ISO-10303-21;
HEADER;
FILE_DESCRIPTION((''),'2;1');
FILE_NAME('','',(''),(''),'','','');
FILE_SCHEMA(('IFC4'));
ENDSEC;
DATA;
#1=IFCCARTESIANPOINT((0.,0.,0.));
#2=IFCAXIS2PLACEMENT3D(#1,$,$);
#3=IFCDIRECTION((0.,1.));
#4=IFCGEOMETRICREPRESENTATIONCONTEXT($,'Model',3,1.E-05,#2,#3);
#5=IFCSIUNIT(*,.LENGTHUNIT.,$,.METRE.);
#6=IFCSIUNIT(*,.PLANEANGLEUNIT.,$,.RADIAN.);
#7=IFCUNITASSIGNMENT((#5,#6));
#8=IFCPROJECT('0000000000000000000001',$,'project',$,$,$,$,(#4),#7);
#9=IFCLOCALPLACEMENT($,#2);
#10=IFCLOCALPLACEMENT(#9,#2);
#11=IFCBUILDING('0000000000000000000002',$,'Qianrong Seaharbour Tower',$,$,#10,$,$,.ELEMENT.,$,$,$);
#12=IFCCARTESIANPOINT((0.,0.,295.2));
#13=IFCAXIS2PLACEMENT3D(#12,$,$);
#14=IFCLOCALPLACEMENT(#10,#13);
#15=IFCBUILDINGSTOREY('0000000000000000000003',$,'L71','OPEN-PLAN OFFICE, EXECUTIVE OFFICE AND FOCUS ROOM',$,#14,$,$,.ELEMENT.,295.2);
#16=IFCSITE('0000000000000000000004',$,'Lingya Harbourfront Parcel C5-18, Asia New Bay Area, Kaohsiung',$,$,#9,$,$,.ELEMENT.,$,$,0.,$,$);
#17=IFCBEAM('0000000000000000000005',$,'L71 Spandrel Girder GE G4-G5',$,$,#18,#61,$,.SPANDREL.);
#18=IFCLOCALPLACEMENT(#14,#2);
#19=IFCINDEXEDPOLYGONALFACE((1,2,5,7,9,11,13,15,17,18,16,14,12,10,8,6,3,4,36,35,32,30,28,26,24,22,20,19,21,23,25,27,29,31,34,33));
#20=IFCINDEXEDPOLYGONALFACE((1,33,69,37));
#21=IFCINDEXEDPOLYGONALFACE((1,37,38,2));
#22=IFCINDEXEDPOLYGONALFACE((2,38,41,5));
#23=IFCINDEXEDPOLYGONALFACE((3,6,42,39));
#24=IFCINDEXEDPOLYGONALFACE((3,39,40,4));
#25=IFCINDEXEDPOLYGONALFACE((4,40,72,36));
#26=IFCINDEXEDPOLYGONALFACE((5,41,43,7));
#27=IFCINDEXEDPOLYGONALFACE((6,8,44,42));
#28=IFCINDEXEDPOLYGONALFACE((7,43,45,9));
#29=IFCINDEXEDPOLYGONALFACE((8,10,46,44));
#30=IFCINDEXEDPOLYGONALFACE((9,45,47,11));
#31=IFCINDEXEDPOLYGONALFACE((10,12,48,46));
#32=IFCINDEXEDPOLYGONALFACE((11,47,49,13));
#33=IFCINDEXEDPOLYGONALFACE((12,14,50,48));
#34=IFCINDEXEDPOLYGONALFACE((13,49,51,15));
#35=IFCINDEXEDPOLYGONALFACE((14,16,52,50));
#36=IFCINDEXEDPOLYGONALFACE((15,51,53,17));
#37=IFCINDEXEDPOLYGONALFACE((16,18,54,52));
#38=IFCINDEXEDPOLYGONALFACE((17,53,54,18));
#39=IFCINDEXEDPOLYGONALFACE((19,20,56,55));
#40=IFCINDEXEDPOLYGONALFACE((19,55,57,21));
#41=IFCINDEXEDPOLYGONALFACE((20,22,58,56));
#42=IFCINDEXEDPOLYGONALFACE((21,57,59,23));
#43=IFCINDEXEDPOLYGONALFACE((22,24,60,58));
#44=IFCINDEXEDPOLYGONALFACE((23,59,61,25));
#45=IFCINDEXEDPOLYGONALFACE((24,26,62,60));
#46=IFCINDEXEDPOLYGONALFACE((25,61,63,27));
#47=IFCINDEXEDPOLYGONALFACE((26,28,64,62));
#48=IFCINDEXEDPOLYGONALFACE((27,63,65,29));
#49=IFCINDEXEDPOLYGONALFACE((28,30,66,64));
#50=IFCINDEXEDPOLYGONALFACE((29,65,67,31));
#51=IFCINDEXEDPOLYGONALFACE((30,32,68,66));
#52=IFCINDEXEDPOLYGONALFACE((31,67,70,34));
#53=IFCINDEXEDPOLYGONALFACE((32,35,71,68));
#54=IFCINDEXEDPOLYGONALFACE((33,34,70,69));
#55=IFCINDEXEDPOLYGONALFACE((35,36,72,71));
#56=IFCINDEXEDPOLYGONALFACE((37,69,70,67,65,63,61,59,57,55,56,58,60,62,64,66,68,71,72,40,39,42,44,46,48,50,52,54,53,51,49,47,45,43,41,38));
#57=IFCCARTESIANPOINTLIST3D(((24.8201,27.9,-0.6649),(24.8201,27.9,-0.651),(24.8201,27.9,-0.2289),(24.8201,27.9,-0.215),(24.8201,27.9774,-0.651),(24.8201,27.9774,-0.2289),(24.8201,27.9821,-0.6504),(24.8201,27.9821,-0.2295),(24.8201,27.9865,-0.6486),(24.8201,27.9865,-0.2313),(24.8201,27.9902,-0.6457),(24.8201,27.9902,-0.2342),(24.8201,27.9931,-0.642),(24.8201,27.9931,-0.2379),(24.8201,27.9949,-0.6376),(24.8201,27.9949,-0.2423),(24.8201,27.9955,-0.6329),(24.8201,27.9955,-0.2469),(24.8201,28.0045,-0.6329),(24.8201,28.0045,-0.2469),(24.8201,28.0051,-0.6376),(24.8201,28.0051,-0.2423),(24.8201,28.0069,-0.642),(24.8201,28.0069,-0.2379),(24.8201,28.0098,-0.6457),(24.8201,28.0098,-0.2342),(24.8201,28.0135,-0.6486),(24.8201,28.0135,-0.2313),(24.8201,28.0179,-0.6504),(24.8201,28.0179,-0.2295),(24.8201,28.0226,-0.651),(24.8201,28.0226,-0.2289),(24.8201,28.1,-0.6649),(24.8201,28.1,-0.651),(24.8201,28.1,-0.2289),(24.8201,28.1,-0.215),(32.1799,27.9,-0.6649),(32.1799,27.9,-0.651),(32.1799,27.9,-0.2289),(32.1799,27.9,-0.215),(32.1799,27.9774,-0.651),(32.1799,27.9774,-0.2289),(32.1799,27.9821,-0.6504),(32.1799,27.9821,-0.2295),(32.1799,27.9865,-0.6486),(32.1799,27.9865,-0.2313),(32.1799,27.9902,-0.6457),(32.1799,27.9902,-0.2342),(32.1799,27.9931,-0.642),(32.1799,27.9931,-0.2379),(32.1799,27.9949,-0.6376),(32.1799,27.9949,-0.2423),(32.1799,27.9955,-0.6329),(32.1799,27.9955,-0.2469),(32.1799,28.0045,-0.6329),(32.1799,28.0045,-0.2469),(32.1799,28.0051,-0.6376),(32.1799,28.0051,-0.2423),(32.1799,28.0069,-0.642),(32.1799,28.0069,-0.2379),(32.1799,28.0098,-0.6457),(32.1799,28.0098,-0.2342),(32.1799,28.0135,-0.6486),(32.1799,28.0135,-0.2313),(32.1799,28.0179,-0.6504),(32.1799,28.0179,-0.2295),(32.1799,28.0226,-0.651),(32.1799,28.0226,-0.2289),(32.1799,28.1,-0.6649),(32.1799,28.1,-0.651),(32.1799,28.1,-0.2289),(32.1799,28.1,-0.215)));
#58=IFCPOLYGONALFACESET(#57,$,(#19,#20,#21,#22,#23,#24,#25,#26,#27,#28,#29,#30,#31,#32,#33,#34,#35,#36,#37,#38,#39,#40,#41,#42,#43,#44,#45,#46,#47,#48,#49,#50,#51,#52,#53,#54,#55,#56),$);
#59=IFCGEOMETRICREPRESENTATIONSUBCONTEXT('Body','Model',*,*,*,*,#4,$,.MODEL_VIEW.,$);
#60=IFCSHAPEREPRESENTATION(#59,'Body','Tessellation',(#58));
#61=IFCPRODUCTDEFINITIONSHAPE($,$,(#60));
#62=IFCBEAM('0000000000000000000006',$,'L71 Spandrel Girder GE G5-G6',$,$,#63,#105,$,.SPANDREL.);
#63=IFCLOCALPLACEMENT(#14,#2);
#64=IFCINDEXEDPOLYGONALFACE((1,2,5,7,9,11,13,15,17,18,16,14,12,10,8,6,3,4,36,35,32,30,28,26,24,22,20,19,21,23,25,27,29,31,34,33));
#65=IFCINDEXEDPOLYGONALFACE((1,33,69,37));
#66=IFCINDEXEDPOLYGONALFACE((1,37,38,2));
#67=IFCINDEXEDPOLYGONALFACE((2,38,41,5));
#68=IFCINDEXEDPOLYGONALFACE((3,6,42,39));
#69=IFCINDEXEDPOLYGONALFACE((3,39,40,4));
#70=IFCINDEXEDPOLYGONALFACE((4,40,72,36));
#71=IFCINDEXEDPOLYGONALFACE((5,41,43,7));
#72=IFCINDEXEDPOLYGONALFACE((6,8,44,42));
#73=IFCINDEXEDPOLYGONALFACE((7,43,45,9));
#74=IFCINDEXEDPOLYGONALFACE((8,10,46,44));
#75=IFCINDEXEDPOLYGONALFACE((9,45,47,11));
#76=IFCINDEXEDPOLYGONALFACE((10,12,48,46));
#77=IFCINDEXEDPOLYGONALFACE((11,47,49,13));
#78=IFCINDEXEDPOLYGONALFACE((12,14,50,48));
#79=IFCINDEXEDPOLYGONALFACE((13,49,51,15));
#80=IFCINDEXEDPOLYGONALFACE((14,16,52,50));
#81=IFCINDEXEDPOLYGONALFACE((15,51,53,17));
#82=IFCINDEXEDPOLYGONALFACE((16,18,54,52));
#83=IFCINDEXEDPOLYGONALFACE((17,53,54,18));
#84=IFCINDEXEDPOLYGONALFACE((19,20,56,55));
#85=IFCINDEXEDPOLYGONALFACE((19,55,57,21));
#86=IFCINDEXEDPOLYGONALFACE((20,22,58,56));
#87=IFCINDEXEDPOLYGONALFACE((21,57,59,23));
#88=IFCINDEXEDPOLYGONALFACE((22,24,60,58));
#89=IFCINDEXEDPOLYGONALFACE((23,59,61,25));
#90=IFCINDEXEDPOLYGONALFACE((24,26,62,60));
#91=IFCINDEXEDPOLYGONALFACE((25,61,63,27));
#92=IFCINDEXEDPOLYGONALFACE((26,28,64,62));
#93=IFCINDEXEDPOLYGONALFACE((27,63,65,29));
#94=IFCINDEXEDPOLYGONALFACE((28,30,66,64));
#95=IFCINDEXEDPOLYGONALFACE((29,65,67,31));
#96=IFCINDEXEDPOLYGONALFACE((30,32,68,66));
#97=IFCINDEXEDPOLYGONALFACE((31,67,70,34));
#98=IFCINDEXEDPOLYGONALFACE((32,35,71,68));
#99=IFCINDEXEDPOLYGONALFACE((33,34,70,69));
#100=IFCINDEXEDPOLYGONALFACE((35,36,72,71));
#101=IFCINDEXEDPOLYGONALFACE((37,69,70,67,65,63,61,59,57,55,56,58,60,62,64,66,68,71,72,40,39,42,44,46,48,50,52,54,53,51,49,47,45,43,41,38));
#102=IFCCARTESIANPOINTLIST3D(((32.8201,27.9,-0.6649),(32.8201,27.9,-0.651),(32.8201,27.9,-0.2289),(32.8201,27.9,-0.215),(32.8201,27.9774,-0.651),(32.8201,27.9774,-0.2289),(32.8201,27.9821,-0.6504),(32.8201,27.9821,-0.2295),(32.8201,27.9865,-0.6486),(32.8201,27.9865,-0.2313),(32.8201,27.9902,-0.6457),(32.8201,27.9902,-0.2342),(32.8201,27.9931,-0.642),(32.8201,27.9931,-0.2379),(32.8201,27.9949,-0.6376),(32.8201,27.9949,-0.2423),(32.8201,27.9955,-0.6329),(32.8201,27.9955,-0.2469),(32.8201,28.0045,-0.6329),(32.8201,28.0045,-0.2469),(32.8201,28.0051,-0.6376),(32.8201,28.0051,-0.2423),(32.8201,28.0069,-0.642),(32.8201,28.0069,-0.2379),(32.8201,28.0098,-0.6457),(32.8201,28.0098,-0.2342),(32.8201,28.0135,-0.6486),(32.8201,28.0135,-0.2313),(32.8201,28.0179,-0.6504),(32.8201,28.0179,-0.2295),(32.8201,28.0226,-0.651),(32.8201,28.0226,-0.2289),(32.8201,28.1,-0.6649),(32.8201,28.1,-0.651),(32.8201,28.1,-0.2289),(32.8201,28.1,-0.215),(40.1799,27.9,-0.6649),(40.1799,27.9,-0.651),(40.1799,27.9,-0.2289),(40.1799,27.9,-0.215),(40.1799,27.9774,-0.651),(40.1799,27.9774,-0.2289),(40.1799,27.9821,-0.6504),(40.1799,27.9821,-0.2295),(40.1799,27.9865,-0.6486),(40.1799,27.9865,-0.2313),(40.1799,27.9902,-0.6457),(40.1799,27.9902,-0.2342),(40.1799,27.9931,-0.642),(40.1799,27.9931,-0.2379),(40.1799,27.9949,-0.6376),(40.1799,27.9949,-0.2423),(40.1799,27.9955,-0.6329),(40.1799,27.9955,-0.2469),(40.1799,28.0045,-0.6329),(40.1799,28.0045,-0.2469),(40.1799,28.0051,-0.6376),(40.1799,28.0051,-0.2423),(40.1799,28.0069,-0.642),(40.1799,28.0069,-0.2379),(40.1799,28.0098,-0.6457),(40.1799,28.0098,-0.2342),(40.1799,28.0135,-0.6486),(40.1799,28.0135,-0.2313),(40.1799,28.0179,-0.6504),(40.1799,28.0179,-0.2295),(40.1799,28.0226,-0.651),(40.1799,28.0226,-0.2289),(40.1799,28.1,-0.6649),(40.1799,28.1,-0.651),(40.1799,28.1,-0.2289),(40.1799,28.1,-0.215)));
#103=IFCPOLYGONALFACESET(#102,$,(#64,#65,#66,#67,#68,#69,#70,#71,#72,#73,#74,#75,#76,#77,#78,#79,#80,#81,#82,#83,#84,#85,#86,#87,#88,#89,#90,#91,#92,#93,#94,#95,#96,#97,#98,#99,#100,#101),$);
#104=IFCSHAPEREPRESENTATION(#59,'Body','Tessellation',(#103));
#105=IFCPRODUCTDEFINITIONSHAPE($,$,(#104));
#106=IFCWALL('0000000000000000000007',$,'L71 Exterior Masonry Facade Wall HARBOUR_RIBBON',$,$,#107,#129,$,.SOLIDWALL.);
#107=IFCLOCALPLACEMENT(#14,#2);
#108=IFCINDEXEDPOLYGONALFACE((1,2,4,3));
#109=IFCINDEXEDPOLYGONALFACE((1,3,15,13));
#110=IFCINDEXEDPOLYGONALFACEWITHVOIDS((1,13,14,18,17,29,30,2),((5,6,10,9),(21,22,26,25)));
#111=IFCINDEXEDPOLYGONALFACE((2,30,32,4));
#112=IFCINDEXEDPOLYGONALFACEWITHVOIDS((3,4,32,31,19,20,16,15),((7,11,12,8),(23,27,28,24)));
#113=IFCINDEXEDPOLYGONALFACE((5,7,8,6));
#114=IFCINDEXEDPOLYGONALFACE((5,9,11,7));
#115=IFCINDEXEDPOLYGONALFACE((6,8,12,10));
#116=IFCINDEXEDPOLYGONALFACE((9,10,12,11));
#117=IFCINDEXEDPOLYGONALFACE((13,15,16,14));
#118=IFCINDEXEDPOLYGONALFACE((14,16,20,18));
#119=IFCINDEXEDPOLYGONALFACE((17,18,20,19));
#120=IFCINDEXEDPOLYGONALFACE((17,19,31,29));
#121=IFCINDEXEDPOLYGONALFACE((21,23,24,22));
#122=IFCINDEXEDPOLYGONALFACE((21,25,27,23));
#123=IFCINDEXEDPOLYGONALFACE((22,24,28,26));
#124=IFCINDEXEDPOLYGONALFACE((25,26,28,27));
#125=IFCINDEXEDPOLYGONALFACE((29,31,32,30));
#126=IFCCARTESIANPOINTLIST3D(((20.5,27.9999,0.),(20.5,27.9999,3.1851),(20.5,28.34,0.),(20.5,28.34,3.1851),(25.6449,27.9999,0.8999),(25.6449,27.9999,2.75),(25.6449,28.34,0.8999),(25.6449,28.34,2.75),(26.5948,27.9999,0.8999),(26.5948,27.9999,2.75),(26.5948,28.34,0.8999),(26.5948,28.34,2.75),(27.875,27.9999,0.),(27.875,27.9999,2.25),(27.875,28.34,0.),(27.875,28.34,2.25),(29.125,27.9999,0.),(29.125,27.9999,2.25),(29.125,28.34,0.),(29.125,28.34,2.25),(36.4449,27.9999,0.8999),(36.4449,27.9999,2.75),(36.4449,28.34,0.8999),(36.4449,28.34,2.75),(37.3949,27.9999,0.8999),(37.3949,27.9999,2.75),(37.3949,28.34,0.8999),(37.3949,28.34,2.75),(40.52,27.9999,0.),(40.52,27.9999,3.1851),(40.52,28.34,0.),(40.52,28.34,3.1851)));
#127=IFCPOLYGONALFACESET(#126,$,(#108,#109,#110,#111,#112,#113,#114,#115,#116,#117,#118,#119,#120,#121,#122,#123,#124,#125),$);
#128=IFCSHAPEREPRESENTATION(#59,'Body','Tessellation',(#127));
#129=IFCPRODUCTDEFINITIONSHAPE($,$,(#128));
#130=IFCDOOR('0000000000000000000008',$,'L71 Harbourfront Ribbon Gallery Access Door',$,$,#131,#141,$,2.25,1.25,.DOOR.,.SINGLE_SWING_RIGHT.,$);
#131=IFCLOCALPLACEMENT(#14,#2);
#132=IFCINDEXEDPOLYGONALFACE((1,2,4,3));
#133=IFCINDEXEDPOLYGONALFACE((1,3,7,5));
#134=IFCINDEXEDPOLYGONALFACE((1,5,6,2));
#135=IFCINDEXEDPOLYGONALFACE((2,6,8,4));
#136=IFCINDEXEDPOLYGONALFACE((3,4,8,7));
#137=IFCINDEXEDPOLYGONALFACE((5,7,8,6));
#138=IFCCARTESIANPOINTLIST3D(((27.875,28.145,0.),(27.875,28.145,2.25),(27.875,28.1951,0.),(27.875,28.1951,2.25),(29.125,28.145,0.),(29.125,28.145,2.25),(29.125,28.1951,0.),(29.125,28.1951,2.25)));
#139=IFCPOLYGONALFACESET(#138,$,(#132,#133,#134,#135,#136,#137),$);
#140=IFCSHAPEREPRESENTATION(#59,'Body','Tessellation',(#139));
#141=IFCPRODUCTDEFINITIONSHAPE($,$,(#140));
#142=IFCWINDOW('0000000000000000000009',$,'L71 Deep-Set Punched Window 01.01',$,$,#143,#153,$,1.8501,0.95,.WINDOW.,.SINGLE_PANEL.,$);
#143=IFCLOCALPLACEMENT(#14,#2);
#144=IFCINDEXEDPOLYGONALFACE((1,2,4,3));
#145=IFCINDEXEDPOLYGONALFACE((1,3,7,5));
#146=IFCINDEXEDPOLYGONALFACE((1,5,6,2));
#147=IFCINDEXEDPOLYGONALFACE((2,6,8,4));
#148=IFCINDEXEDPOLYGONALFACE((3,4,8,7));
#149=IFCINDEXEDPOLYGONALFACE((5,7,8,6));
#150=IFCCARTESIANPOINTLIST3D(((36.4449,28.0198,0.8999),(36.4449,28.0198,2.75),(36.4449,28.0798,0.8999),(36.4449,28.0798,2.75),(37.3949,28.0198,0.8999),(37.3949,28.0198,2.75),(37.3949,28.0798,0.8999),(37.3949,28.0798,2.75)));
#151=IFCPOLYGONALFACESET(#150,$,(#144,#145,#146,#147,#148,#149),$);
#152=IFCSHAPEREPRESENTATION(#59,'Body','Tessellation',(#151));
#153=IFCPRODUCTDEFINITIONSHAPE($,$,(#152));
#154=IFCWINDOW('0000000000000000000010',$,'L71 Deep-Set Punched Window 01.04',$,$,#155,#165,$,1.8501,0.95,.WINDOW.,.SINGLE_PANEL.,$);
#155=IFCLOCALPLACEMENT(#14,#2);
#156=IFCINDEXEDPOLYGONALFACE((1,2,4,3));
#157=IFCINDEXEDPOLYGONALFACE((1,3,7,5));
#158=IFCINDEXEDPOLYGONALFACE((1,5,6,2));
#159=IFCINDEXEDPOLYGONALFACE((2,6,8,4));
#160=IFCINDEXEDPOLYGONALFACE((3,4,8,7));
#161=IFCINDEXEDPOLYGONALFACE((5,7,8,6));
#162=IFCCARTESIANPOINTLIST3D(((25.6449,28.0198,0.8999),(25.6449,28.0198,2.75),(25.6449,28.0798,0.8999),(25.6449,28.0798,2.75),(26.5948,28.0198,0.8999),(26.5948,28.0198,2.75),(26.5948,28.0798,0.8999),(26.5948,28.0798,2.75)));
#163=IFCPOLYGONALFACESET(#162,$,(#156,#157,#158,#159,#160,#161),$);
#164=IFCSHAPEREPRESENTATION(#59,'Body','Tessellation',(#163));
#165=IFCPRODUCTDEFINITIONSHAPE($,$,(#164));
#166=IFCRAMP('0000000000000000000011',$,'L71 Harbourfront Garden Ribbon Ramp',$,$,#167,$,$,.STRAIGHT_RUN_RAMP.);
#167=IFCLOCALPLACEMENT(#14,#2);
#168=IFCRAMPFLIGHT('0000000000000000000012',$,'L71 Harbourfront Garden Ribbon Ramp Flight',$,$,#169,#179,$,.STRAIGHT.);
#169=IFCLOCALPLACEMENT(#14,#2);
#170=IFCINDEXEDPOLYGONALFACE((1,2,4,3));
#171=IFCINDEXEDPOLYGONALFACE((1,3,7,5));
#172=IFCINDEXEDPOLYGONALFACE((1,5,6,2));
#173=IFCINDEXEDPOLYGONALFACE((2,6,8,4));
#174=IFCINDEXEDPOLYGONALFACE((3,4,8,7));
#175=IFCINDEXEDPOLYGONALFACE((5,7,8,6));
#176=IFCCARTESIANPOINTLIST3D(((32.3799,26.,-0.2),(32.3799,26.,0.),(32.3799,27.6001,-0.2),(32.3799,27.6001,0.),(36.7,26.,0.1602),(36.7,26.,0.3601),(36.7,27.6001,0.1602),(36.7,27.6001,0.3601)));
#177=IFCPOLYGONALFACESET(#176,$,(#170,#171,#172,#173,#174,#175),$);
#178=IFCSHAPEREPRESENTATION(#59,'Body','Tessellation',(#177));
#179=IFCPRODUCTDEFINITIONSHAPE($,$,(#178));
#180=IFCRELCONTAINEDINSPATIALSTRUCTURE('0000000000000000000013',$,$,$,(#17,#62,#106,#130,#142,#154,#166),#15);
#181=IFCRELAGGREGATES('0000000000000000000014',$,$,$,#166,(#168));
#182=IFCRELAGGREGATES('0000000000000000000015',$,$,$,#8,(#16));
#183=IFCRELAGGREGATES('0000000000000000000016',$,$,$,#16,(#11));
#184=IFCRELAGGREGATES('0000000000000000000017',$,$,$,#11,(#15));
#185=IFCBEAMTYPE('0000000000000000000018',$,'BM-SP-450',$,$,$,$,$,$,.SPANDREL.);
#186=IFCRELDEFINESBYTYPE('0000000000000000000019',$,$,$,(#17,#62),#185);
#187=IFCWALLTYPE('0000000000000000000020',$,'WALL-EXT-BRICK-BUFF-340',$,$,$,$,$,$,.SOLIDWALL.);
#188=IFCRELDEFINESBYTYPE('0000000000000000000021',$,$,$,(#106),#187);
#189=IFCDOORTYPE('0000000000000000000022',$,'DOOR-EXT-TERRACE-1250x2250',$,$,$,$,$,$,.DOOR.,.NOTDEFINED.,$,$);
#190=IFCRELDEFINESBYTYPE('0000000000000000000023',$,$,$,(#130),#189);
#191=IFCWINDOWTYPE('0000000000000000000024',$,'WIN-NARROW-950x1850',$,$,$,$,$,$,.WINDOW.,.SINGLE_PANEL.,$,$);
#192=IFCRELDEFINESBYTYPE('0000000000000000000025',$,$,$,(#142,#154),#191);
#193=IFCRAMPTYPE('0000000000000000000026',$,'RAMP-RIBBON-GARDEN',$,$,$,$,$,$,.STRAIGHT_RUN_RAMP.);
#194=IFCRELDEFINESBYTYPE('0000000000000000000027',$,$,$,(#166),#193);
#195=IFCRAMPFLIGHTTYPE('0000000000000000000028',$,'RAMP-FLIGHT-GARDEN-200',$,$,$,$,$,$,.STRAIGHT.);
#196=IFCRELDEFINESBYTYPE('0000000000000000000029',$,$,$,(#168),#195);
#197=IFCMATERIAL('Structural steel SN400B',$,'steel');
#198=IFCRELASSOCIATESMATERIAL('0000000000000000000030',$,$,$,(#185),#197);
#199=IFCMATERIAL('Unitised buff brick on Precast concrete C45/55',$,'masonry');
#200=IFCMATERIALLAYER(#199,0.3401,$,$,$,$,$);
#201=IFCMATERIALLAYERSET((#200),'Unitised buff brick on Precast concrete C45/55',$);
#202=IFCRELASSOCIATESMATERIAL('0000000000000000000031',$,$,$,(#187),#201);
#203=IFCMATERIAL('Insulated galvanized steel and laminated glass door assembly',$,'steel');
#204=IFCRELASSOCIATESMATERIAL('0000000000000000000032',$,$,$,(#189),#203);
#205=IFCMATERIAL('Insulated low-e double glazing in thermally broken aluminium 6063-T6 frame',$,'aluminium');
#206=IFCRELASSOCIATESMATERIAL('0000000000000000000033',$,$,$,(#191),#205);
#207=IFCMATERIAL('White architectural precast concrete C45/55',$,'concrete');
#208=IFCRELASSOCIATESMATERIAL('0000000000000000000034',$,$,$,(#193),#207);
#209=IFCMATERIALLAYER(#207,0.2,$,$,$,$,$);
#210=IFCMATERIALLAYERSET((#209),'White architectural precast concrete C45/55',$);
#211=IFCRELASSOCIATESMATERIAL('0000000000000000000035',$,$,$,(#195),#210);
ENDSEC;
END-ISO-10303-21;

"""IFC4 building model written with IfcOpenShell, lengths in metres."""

from ifc_helpers import new_model, si_unit, direction, frame, frame_2d, origin, origin_2d, place, context, subcontext, project, spatial, polyline, rectangle, i_section, outline, extrude, material, layer, layer_set, material_profile, profile_set, type_object, element, fill, aggregate, save


model = new_model("IFC4")

# Units and contexts
model_context = context("Model", 3, precision=1e-05, world=origin(), true_north=direction((0.0, 1.0)))
body_context = subcontext(model_context, "Body", "Model", "MODEL_VIEW")
ifc_project = project(units=[si_unit("LENGTHUNIT", "METRE"), si_unit("PLANEANGLEUNIT", "RADIAN")], contexts=[model_context])

# Site, building, storey
site_placement = place(None, origin())
site = spatial("IfcSite", under=ifc_project, at=site_placement, Name="Lingya Harbourfront Parcel C5-18, Asia New Bay Area, Kaohsiung", CompositionType="ELEMENT", RefElevation=0.0)
building_placement = place(site_placement, origin())
building = spatial("IfcBuilding", under=site, at=building_placement, Name="Qianrong Seaharbour Tower", CompositionType="ELEMENT")
storey_placement = place(building_placement, frame((0.0, 0.0, 295.2)))
storey = spatial("IfcBuildingStorey", under=building, at=storey_placement, Name="L71", Description="OPEN-PLAN OFFICE, EXECUTIVE OFFICE AND FOCUS ROOM", CompositionType="ELEMENT", Elevation=295.2)

# Beams
ifc_material_1 = material(Name="Structural steel SN400B", Category="steel")
ifc_material_profile_1 = material_profile(ifc_material_1, i_section(OverallWidth=0.2, OverallDepth=0.45, WebThickness=0.009, FlangeThickness=0.0139, FilletRadius=0.0181, at=origin_2d()), Name="H450x200x9x14")
ifc_profile_set_1 = profile_set([ifc_material_profile_1], Name="Structural steel SN400B")
beam_type_1 = type_object("IfcBeamType", Name="BM-SP-450", PredefinedType="SPANDREL", material=ifc_profile_set_1)
for number, where, z_axis, x_axis, name in (
    (1, (24.8201, 28.0, -0.4399), (1.0, 0.0, 0.0), (0.0, 1.0, 0.0), "L71 Spandrel Girder GE G4-G5"),
    (2, (32.8201, 28.0, -0.4399), (1.0, 0.0, 0.0), (0.0, 1.0, 0.0), "L71 Spandrel Girder GE G5-G6"),
):
    element("IfcBeam", number, at=place(storey_placement, frame(where, z_axis=z_axis, x_axis=x_axis)), inside=storey, type_object=beam_type_1, Name=name, PredefinedType="SPANDREL", context=body_context, shape_type="SweptSolid", body=[
        extrude(i_section(OverallWidth=0.2, OverallDepth=0.45, WebThickness=0.009, FlangeThickness=0.0139, FilletRadius=0.0181, at=origin_2d()), origin(), (0.0, 0.0, 1.0), 7.3599),
    ])

# Wall, openings, door, windows
ifc_material_2 = material(Name="Unitised buff brick on Precast concrete C45/55", Category="masonry")
ifc_layer_1 = layer(ifc_material_2, 0.3401)
ifc_layer_set_1 = layer_set([ifc_layer_1], Name="Unitised buff brick on Precast concrete C45/55")
wall_type = type_object("IfcWallType", Name="WALL-EXT-BRICK-BUFF-340", PredefinedType="SOLIDWALL", material=ifc_layer_set_1)
wall_placement = place(storey_placement, frame((40.52, 28.1699, 0.0), z_axis=(0.0, 0.0, 1.0), x_axis=(-1.0, 0.0, 0.0)))
wall = element("IfcWall", 3, at=wall_placement, inside=storey, type_object=wall_type, Name="L71 Exterior Masonry Facade Wall HARBOUR_RIBBON", PredefinedType="SOLIDWALL", context=body_context, shape_type="SweptSolid", body=[
    extrude(rectangle(XDim=20.02, YDim=0.3401, at=frame_2d((10.01, 0.0))), origin(), (0.0, 0.0, 1.0), 3.1851),
])
opening_1_placement = place(wall_placement, frame((3.125, 0.0, 0.8999)))
opening_1 = element("IfcOpeningElement", 4, at=opening_1_placement, cuts=wall, PredefinedType="OPENING", context=body_context, shape_type="SweptSolid", body=[
    extrude(rectangle(XDim=0.95, YDim=1.8501, at=frame_2d((0.4751, 0.925))), frame((0.0, 0.1802, 0.0), z_axis=(0.0, -1.0, 0.0), x_axis=(1.0, 0.0, 0.0)), (0.0, 0.0, 1.0), 0.3601),
])
opening_2_placement = place(wall_placement, frame((13.925, 0.0, 0.8999)))
opening_2 = element("IfcOpeningElement", 5, at=opening_2_placement, cuts=wall, PredefinedType="OPENING", context=body_context, shape_type="SweptSolid", body=[
    extrude(rectangle(XDim=0.95, YDim=1.8501, at=frame_2d((0.4751, 0.925))), frame((0.0, 0.1802, 0.0), z_axis=(0.0, -1.0, 0.0), x_axis=(1.0, 0.0, 0.0)), (0.0, 0.0, 1.0), 0.3601),
])
opening_3_placement = place(wall_placement, frame((11.395, 0.0, 0.0)))
opening_3 = element("IfcOpeningElement", 6, at=opening_3_placement, cuts=wall, PredefinedType="OPENING", context=body_context, shape_type="SweptSolid", body=[
    extrude(rectangle(XDim=1.25, YDim=2.25, at=frame_2d((0.625, 1.125))), frame((0.0, 0.1802, 0.0), z_axis=(0.0, -1.0, 0.0), x_axis=(1.0, 0.0, 0.0)), (0.0, 0.0, 1.0), 0.3601),
])
ifc_material_3 = material(Name="Insulated galvanized steel and laminated glass door assembly", Category="steel")
door_type = type_object("IfcDoorType", Name="DOOR-EXT-TERRACE-1250x2250", OperationType="NOTDEFINED", PredefinedType="DOOR", material=ifc_material_3)
door_placement = place(opening_3_placement, origin())
door = element("IfcDoor", 7, at=door_placement, inside=storey, type_object=door_type, Name="L71 Harbourfront Ribbon Gallery Access Door", OperationType="SINGLE_SWING_RIGHT", OverallHeight=2.25, OverallWidth=1.25, PredefinedType="DOOR", context=body_context, shape_type="SweptSolid", body=[
    extrude(rectangle(XDim=1.25, YDim=2.25, at=frame_2d((0.625, 1.125))), frame((0.0, 0.0249, 0.0), z_axis=(0.0, -1.0, 0.0), x_axis=(1.0, 0.0, 0.0)), (0.0, 0.0, 1.0), 0.05),
])
fill(opening_3, door)
ifc_material_4 = material(Name="Insulated low-e double glazing in thermally broken aluminium 6063-T6 frame", Category="aluminium")
window_type = type_object("IfcWindowType", Name="WIN-NARROW-950x1850", PartitioningType="SINGLE_PANEL", PredefinedType="WINDOW", material=ifc_material_4)
window_1_placement = place(opening_1_placement, origin())
window_1 = element("IfcWindow", 8, at=window_1_placement, inside=storey, type_object=window_type, Name="L71 Deep-Set Punched Window 01.01", OverallHeight=1.8501, OverallWidth=0.95, PartitioningType="SINGLE_PANEL", PredefinedType="WINDOW", context=body_context, shape_type="SweptSolid", body=[
    extrude(rectangle(XDim=0.95, YDim=1.8501, at=frame_2d((0.4751, 0.925))), frame((0.0, 0.1501, 0.0), z_axis=(0.0, -1.0, 0.0), x_axis=(1.0, 0.0, 0.0)), (0.0, 0.0, 1.0), 0.0601),
])
fill(opening_1, window_1)
window_2_placement = place(opening_2_placement, origin())
window_2 = element("IfcWindow", 9, at=window_2_placement, inside=storey, type_object=window_type, Name="L71 Deep-Set Punched Window 01.04", OverallHeight=1.8501, OverallWidth=0.95, PartitioningType="SINGLE_PANEL", PredefinedType="WINDOW", context=body_context, shape_type="SweptSolid", body=[
    extrude(rectangle(XDim=0.95, YDim=1.8501, at=frame_2d((0.4751, 0.925))), frame((0.0, 0.1501, 0.0), z_axis=(0.0, -1.0, 0.0), x_axis=(1.0, 0.0, 0.0)), (0.0, 0.0, 1.0), 0.0601),
])
fill(opening_2, window_2)

# Ramp, ramp flight
ifc_material_5 = material(Name="White architectural precast concrete C45/55", Category="concrete")
ramp_type = type_object("IfcRampType", Name="RAMP-RIBBON-GARDEN", PredefinedType="STRAIGHT_RUN_RAMP", material=ifc_material_5)
ramp_placement = place(storey_placement, origin())
ramp = element("IfcRamp", 10, at=ramp_placement, inside=storey, type_object=ramp_type, Name="L71 Harbourfront Garden Ribbon Ramp", PredefinedType="STRAIGHT_RUN_RAMP")
ifc_layer_2 = layer(ifc_material_5, 0.2)
ifc_layer_set_2 = layer_set([ifc_layer_2], Name="White architectural precast concrete C45/55")
ramp_flight_type = type_object("IfcRampFlightType", Name="RAMP-FLIGHT-GARDEN-200", PredefinedType="STRAIGHT", material=ifc_layer_set_2)
ramp_flight_placement = place(storey_placement, frame((32.3799, 26.8, 0.0), z_axis=(0.0, 0.0, 1.0), x_axis=(1.0, 0.0, 0.0)))
ramp_flight = element("IfcRampFlight", 11, at=ramp_flight_placement, type_object=ramp_flight_type, Name="L71 Harbourfront Garden Ribbon Ramp Flight", PredefinedType="STRAIGHT", context=body_context, shape_type="SweptSolid", body=[
    extrude(outline(polyline([(0.0, 0.0), (4.3201, 0.3601), (4.3201, 0.1602), (0.0, -0.2), (0.0, 0.0)])), frame((0.0, 0.8, 0.0), z_axis=(0.0, -1.0, 0.0), x_axis=(1.0, 0.0, 0.0)), (0.0, 0.0, 1.0), 1.6001),
])
aggregate(ramp, [ramp_flight])

save(model, "model.ifc")
